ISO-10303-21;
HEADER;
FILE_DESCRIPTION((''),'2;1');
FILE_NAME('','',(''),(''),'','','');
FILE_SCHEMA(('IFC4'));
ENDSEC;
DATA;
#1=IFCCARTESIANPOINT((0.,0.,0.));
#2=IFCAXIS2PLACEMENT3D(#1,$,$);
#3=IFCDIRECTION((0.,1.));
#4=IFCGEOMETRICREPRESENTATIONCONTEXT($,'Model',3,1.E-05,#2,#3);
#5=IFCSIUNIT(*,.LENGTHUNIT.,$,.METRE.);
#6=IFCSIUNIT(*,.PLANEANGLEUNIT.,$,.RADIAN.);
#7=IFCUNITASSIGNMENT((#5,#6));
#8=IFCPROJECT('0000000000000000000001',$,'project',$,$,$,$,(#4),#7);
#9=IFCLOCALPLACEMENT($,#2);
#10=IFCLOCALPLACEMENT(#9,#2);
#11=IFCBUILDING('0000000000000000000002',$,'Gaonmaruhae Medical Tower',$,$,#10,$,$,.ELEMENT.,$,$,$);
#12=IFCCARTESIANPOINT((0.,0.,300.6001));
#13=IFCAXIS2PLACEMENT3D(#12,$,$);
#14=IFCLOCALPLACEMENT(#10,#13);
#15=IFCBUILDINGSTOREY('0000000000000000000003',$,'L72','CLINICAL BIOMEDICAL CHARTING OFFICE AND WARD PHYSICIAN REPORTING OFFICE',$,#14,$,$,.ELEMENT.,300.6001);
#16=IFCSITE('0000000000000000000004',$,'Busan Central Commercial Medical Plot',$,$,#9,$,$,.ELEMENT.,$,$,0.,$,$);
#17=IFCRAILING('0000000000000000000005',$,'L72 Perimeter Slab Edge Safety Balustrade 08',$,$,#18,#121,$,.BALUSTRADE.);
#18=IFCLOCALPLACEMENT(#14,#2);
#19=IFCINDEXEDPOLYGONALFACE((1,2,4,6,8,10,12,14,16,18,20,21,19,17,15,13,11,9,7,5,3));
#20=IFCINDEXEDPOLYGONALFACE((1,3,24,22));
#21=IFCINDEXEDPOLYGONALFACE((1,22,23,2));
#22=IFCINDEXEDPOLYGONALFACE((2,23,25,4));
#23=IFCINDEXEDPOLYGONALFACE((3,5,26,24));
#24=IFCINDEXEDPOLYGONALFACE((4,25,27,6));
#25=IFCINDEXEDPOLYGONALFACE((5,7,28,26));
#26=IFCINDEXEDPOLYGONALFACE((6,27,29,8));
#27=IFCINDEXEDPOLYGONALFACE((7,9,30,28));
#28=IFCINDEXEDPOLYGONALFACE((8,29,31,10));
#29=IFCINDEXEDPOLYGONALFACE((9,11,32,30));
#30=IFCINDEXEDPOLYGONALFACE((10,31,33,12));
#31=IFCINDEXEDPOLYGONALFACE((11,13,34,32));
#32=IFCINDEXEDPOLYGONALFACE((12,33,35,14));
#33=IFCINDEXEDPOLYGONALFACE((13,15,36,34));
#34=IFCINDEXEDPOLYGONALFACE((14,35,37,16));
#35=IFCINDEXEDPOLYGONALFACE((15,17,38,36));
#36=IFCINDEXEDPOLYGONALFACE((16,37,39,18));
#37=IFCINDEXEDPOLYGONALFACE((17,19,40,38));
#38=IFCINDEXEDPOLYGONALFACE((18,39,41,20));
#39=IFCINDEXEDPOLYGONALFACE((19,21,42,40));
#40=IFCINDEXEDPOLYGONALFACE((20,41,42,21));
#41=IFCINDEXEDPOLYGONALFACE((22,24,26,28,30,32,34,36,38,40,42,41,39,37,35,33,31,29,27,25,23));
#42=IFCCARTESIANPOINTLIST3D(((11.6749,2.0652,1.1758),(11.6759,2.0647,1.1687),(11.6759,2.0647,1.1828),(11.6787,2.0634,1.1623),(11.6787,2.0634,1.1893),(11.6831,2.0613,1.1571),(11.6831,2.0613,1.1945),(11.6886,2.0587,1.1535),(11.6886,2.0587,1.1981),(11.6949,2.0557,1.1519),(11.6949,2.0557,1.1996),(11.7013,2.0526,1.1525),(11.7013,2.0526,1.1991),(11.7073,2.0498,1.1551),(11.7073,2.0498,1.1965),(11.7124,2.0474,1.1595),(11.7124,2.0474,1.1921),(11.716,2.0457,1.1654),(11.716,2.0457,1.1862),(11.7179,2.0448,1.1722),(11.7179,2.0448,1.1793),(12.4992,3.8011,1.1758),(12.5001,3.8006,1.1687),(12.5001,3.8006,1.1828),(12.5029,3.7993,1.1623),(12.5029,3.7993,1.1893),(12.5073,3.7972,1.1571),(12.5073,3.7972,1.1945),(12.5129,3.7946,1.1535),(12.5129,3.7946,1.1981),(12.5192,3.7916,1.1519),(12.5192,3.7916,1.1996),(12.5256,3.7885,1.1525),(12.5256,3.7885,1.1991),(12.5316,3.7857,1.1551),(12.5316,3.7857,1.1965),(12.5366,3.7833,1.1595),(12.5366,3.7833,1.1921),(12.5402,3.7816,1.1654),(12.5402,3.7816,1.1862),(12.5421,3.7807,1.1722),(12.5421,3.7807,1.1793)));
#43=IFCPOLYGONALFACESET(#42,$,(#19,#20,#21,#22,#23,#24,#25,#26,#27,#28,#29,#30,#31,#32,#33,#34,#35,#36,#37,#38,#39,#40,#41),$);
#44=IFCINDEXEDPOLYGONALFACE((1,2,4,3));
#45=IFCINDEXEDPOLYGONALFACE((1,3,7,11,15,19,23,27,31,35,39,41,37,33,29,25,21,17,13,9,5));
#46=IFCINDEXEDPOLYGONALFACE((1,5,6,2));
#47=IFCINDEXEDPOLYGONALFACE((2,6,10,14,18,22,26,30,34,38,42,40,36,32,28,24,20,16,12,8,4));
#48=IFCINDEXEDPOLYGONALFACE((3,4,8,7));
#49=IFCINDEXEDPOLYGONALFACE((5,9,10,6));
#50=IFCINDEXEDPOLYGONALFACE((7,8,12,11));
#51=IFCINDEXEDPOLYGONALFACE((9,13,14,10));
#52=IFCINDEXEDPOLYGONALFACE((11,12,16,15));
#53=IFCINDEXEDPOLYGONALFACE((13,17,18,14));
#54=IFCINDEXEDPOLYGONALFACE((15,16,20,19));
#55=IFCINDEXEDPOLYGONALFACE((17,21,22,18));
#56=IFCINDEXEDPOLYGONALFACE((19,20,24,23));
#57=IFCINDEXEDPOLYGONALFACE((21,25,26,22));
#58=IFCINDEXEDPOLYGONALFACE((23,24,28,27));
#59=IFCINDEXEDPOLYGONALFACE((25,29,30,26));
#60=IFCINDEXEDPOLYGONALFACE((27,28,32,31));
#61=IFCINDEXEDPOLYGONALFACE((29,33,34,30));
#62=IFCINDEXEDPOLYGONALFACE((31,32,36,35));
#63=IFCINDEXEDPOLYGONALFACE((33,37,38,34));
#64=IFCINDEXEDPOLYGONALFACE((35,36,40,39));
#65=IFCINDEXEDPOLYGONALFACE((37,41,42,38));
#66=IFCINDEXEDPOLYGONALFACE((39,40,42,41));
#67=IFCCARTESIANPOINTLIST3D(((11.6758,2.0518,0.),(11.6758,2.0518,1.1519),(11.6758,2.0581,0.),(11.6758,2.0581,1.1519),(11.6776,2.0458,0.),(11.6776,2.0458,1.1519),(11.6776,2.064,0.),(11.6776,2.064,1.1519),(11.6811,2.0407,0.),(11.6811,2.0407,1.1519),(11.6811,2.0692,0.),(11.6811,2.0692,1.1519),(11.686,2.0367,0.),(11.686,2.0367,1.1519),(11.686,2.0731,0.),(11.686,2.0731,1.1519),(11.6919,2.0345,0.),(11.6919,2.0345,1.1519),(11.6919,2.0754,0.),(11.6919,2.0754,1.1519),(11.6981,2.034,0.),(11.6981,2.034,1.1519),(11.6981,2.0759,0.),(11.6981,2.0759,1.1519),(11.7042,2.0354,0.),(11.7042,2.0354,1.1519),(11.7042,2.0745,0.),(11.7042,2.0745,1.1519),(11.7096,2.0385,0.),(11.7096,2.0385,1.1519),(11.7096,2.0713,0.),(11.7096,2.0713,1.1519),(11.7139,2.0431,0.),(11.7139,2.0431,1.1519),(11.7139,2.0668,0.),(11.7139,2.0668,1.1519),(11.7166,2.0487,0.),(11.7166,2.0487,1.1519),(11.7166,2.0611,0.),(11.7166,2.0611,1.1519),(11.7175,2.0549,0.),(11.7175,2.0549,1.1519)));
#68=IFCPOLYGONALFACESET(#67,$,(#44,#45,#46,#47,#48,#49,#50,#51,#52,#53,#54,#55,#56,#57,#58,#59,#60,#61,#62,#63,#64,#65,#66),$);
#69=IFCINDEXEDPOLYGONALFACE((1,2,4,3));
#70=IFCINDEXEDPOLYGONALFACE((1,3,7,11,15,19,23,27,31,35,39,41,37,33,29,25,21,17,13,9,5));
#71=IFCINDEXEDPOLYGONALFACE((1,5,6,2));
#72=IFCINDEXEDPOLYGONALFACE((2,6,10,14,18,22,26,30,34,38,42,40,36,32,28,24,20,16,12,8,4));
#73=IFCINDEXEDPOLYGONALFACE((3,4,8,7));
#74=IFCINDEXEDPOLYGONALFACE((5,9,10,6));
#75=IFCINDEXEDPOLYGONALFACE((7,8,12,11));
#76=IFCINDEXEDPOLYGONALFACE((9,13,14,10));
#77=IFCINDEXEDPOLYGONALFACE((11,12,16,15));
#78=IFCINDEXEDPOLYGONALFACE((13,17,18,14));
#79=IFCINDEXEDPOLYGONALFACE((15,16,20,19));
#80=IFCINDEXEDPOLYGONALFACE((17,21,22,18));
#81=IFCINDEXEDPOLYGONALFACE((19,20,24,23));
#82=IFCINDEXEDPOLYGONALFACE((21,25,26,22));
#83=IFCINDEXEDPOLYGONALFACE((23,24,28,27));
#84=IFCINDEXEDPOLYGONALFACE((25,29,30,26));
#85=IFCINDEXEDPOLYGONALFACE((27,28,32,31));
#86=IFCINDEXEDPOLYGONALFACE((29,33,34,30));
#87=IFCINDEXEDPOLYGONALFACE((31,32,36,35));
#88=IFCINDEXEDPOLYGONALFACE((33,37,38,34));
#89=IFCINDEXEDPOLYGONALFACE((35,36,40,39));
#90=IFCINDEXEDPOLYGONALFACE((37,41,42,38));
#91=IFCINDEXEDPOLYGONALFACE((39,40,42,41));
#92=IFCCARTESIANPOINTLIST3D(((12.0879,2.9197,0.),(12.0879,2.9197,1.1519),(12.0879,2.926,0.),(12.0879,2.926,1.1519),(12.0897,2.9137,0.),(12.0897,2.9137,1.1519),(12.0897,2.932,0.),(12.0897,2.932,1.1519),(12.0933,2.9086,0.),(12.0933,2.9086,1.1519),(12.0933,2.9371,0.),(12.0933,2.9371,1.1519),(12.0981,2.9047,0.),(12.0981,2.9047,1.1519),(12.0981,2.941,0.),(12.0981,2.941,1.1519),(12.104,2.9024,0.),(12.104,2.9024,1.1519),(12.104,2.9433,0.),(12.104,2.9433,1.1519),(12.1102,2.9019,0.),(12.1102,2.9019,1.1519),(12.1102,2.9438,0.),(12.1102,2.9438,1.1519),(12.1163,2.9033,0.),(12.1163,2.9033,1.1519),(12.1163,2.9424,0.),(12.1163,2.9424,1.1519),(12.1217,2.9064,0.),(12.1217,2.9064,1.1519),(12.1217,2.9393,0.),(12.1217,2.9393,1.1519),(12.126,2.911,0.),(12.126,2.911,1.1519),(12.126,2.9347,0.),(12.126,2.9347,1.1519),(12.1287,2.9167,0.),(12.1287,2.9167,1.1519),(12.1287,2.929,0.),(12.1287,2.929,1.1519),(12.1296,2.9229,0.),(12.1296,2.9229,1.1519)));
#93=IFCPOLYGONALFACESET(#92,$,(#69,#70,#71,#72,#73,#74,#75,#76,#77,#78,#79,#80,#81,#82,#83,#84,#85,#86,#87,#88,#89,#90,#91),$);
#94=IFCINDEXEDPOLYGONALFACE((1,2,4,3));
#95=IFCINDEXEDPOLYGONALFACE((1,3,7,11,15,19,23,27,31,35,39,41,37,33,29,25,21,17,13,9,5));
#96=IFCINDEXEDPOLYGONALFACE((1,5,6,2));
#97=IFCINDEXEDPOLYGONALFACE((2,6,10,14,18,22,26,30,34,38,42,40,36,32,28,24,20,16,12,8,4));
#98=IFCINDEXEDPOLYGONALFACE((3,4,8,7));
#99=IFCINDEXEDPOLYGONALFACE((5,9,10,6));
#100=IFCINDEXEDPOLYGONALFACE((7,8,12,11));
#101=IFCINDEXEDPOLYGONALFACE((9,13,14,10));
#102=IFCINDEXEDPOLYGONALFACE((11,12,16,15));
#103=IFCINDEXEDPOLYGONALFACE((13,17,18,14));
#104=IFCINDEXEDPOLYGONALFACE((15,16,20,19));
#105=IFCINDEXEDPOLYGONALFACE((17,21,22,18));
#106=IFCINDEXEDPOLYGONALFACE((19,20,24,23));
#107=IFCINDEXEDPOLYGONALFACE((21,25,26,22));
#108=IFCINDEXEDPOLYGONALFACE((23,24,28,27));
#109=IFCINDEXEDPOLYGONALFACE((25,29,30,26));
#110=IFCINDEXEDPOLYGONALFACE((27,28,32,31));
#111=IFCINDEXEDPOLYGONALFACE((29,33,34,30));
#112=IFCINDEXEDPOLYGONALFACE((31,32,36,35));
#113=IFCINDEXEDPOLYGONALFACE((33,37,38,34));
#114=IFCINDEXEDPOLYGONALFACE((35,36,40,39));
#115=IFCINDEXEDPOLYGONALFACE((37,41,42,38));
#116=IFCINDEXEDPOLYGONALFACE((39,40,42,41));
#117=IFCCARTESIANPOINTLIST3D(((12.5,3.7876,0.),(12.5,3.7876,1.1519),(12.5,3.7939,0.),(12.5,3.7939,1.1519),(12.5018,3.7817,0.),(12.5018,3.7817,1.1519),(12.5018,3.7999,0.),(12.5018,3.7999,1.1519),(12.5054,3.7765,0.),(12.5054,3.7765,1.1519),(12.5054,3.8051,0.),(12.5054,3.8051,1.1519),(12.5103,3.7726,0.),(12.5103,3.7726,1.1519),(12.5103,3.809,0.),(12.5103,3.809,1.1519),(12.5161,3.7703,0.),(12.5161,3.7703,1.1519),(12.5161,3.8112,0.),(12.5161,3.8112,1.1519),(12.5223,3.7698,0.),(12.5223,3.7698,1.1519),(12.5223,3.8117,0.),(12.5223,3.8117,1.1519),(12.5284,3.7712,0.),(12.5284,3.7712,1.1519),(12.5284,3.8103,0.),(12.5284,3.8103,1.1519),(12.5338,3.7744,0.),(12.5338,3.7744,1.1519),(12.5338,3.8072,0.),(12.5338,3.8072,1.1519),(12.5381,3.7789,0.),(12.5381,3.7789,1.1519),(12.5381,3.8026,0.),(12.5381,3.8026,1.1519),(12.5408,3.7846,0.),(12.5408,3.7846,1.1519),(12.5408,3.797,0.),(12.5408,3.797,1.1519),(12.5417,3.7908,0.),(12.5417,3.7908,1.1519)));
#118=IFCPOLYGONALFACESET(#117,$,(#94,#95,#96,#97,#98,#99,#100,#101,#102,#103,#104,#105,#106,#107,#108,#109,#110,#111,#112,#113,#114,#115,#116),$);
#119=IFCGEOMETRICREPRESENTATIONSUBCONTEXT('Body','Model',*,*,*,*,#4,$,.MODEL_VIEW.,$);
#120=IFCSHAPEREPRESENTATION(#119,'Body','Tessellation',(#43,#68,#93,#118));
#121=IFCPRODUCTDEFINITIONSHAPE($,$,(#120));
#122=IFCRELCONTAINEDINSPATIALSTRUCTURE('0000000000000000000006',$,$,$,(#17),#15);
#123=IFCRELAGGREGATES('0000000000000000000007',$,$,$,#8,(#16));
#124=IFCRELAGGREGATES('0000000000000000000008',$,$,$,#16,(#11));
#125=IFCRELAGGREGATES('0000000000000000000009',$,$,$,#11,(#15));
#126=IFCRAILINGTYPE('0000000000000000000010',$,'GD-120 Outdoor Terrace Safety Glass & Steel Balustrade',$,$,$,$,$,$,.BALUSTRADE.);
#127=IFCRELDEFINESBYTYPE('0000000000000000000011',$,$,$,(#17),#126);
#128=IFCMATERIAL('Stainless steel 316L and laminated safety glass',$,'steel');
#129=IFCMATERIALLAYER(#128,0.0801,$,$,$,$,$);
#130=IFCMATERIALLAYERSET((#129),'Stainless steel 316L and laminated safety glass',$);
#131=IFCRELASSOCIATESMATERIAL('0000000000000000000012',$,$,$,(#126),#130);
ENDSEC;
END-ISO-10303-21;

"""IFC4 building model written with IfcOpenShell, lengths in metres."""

from ifc_helpers import new_model, si_unit, direction, frame, origin, origin_2d, place, context, subcontext, project, spatial, circle, extrude, material, layer, layer_set, type_object, element, save


model = new_model("IFC4")

# Units and contexts
model_context = context("Model", 3, precision=1e-05, world=origin(), true_north=direction((0.0, 1.0)))
body_context = subcontext(model_context, "Body", "Model", "MODEL_VIEW")
ifc_project = project(units=[si_unit("LENGTHUNIT", "METRE"), si_unit("PLANEANGLEUNIT", "RADIAN")], contexts=[model_context])

# Site, building, storey
site_placement = place(None, origin())
site = spatial("IfcSite", under=ifc_project, at=site_placement, Name="Busan Central Commercial Medical Plot", CompositionType="ELEMENT", RefElevation=0.0)
building_placement = place(site_placement, origin())
building = spatial("IfcBuilding", under=site, at=building_placement, Name="Gaonmaruhae Medical Tower", CompositionType="ELEMENT")
storey_placement = place(building_placement, frame((0.0, 0.0, 300.6001)))
storey = spatial("IfcBuildingStorey", under=building, at=storey_placement, Name="L72", Description="CLINICAL BIOMEDICAL CHARTING OFFICE AND WARD PHYSICIAN REPORTING OFFICE", CompositionType="ELEMENT", Elevation=300.6001)

# Railing
ifc_material_1 = material(Name="Stainless steel 316L and laminated safety glass", Category="steel")
ifc_layer_1 = layer(ifc_material_1, 0.0801)
ifc_layer_set_1 = layer_set([ifc_layer_1], Name="Stainless steel 316L and laminated safety glass")
railing_type_1 = type_object("IfcRailingType", Name="GD-120 Outdoor Terrace Safety Glass & Steel Balustrade", PredefinedType="BALUSTRADE", material=ifc_layer_set_1)
railing_1_placement = place(storey_placement, frame((11.6965, 2.0549, 0.0)))
element("IfcRailing", 1, at=railing_1_placement, inside=storey, type_object=railing_type_1, Name="L72 Perimeter Slab Edge Safety Balustrade 08", PredefinedType="BALUSTRADE", context=body_context, shape_type="SweptSolid", body=[
    extrude(circle(Radius=0.0239, at=origin_2d()), frame((0.0, 0.0, 1.1758), z_axis=(0.428927, 0.903339, 0.0), x_axis=(-0.903339, 0.428927, 0.0)), (0.0, 0.0, 1.0), 1.9216),
    extrude(circle(Radius=0.021, at=origin_2d()), origin(), (0.0, 0.0, 1.0), 1.1519),
    extrude(circle(Radius=0.021, at=origin_2d()), frame((0.4121, 0.8679, 0.0)), (0.0, 0.0, 1.0), 1.1519),
    extrude(circle(Radius=0.021, at=origin_2d()), frame((0.8242, 1.7358, 0.0)), (0.0, 0.0, 1.0), 1.1519),
])

save(model, "model.ifc")
